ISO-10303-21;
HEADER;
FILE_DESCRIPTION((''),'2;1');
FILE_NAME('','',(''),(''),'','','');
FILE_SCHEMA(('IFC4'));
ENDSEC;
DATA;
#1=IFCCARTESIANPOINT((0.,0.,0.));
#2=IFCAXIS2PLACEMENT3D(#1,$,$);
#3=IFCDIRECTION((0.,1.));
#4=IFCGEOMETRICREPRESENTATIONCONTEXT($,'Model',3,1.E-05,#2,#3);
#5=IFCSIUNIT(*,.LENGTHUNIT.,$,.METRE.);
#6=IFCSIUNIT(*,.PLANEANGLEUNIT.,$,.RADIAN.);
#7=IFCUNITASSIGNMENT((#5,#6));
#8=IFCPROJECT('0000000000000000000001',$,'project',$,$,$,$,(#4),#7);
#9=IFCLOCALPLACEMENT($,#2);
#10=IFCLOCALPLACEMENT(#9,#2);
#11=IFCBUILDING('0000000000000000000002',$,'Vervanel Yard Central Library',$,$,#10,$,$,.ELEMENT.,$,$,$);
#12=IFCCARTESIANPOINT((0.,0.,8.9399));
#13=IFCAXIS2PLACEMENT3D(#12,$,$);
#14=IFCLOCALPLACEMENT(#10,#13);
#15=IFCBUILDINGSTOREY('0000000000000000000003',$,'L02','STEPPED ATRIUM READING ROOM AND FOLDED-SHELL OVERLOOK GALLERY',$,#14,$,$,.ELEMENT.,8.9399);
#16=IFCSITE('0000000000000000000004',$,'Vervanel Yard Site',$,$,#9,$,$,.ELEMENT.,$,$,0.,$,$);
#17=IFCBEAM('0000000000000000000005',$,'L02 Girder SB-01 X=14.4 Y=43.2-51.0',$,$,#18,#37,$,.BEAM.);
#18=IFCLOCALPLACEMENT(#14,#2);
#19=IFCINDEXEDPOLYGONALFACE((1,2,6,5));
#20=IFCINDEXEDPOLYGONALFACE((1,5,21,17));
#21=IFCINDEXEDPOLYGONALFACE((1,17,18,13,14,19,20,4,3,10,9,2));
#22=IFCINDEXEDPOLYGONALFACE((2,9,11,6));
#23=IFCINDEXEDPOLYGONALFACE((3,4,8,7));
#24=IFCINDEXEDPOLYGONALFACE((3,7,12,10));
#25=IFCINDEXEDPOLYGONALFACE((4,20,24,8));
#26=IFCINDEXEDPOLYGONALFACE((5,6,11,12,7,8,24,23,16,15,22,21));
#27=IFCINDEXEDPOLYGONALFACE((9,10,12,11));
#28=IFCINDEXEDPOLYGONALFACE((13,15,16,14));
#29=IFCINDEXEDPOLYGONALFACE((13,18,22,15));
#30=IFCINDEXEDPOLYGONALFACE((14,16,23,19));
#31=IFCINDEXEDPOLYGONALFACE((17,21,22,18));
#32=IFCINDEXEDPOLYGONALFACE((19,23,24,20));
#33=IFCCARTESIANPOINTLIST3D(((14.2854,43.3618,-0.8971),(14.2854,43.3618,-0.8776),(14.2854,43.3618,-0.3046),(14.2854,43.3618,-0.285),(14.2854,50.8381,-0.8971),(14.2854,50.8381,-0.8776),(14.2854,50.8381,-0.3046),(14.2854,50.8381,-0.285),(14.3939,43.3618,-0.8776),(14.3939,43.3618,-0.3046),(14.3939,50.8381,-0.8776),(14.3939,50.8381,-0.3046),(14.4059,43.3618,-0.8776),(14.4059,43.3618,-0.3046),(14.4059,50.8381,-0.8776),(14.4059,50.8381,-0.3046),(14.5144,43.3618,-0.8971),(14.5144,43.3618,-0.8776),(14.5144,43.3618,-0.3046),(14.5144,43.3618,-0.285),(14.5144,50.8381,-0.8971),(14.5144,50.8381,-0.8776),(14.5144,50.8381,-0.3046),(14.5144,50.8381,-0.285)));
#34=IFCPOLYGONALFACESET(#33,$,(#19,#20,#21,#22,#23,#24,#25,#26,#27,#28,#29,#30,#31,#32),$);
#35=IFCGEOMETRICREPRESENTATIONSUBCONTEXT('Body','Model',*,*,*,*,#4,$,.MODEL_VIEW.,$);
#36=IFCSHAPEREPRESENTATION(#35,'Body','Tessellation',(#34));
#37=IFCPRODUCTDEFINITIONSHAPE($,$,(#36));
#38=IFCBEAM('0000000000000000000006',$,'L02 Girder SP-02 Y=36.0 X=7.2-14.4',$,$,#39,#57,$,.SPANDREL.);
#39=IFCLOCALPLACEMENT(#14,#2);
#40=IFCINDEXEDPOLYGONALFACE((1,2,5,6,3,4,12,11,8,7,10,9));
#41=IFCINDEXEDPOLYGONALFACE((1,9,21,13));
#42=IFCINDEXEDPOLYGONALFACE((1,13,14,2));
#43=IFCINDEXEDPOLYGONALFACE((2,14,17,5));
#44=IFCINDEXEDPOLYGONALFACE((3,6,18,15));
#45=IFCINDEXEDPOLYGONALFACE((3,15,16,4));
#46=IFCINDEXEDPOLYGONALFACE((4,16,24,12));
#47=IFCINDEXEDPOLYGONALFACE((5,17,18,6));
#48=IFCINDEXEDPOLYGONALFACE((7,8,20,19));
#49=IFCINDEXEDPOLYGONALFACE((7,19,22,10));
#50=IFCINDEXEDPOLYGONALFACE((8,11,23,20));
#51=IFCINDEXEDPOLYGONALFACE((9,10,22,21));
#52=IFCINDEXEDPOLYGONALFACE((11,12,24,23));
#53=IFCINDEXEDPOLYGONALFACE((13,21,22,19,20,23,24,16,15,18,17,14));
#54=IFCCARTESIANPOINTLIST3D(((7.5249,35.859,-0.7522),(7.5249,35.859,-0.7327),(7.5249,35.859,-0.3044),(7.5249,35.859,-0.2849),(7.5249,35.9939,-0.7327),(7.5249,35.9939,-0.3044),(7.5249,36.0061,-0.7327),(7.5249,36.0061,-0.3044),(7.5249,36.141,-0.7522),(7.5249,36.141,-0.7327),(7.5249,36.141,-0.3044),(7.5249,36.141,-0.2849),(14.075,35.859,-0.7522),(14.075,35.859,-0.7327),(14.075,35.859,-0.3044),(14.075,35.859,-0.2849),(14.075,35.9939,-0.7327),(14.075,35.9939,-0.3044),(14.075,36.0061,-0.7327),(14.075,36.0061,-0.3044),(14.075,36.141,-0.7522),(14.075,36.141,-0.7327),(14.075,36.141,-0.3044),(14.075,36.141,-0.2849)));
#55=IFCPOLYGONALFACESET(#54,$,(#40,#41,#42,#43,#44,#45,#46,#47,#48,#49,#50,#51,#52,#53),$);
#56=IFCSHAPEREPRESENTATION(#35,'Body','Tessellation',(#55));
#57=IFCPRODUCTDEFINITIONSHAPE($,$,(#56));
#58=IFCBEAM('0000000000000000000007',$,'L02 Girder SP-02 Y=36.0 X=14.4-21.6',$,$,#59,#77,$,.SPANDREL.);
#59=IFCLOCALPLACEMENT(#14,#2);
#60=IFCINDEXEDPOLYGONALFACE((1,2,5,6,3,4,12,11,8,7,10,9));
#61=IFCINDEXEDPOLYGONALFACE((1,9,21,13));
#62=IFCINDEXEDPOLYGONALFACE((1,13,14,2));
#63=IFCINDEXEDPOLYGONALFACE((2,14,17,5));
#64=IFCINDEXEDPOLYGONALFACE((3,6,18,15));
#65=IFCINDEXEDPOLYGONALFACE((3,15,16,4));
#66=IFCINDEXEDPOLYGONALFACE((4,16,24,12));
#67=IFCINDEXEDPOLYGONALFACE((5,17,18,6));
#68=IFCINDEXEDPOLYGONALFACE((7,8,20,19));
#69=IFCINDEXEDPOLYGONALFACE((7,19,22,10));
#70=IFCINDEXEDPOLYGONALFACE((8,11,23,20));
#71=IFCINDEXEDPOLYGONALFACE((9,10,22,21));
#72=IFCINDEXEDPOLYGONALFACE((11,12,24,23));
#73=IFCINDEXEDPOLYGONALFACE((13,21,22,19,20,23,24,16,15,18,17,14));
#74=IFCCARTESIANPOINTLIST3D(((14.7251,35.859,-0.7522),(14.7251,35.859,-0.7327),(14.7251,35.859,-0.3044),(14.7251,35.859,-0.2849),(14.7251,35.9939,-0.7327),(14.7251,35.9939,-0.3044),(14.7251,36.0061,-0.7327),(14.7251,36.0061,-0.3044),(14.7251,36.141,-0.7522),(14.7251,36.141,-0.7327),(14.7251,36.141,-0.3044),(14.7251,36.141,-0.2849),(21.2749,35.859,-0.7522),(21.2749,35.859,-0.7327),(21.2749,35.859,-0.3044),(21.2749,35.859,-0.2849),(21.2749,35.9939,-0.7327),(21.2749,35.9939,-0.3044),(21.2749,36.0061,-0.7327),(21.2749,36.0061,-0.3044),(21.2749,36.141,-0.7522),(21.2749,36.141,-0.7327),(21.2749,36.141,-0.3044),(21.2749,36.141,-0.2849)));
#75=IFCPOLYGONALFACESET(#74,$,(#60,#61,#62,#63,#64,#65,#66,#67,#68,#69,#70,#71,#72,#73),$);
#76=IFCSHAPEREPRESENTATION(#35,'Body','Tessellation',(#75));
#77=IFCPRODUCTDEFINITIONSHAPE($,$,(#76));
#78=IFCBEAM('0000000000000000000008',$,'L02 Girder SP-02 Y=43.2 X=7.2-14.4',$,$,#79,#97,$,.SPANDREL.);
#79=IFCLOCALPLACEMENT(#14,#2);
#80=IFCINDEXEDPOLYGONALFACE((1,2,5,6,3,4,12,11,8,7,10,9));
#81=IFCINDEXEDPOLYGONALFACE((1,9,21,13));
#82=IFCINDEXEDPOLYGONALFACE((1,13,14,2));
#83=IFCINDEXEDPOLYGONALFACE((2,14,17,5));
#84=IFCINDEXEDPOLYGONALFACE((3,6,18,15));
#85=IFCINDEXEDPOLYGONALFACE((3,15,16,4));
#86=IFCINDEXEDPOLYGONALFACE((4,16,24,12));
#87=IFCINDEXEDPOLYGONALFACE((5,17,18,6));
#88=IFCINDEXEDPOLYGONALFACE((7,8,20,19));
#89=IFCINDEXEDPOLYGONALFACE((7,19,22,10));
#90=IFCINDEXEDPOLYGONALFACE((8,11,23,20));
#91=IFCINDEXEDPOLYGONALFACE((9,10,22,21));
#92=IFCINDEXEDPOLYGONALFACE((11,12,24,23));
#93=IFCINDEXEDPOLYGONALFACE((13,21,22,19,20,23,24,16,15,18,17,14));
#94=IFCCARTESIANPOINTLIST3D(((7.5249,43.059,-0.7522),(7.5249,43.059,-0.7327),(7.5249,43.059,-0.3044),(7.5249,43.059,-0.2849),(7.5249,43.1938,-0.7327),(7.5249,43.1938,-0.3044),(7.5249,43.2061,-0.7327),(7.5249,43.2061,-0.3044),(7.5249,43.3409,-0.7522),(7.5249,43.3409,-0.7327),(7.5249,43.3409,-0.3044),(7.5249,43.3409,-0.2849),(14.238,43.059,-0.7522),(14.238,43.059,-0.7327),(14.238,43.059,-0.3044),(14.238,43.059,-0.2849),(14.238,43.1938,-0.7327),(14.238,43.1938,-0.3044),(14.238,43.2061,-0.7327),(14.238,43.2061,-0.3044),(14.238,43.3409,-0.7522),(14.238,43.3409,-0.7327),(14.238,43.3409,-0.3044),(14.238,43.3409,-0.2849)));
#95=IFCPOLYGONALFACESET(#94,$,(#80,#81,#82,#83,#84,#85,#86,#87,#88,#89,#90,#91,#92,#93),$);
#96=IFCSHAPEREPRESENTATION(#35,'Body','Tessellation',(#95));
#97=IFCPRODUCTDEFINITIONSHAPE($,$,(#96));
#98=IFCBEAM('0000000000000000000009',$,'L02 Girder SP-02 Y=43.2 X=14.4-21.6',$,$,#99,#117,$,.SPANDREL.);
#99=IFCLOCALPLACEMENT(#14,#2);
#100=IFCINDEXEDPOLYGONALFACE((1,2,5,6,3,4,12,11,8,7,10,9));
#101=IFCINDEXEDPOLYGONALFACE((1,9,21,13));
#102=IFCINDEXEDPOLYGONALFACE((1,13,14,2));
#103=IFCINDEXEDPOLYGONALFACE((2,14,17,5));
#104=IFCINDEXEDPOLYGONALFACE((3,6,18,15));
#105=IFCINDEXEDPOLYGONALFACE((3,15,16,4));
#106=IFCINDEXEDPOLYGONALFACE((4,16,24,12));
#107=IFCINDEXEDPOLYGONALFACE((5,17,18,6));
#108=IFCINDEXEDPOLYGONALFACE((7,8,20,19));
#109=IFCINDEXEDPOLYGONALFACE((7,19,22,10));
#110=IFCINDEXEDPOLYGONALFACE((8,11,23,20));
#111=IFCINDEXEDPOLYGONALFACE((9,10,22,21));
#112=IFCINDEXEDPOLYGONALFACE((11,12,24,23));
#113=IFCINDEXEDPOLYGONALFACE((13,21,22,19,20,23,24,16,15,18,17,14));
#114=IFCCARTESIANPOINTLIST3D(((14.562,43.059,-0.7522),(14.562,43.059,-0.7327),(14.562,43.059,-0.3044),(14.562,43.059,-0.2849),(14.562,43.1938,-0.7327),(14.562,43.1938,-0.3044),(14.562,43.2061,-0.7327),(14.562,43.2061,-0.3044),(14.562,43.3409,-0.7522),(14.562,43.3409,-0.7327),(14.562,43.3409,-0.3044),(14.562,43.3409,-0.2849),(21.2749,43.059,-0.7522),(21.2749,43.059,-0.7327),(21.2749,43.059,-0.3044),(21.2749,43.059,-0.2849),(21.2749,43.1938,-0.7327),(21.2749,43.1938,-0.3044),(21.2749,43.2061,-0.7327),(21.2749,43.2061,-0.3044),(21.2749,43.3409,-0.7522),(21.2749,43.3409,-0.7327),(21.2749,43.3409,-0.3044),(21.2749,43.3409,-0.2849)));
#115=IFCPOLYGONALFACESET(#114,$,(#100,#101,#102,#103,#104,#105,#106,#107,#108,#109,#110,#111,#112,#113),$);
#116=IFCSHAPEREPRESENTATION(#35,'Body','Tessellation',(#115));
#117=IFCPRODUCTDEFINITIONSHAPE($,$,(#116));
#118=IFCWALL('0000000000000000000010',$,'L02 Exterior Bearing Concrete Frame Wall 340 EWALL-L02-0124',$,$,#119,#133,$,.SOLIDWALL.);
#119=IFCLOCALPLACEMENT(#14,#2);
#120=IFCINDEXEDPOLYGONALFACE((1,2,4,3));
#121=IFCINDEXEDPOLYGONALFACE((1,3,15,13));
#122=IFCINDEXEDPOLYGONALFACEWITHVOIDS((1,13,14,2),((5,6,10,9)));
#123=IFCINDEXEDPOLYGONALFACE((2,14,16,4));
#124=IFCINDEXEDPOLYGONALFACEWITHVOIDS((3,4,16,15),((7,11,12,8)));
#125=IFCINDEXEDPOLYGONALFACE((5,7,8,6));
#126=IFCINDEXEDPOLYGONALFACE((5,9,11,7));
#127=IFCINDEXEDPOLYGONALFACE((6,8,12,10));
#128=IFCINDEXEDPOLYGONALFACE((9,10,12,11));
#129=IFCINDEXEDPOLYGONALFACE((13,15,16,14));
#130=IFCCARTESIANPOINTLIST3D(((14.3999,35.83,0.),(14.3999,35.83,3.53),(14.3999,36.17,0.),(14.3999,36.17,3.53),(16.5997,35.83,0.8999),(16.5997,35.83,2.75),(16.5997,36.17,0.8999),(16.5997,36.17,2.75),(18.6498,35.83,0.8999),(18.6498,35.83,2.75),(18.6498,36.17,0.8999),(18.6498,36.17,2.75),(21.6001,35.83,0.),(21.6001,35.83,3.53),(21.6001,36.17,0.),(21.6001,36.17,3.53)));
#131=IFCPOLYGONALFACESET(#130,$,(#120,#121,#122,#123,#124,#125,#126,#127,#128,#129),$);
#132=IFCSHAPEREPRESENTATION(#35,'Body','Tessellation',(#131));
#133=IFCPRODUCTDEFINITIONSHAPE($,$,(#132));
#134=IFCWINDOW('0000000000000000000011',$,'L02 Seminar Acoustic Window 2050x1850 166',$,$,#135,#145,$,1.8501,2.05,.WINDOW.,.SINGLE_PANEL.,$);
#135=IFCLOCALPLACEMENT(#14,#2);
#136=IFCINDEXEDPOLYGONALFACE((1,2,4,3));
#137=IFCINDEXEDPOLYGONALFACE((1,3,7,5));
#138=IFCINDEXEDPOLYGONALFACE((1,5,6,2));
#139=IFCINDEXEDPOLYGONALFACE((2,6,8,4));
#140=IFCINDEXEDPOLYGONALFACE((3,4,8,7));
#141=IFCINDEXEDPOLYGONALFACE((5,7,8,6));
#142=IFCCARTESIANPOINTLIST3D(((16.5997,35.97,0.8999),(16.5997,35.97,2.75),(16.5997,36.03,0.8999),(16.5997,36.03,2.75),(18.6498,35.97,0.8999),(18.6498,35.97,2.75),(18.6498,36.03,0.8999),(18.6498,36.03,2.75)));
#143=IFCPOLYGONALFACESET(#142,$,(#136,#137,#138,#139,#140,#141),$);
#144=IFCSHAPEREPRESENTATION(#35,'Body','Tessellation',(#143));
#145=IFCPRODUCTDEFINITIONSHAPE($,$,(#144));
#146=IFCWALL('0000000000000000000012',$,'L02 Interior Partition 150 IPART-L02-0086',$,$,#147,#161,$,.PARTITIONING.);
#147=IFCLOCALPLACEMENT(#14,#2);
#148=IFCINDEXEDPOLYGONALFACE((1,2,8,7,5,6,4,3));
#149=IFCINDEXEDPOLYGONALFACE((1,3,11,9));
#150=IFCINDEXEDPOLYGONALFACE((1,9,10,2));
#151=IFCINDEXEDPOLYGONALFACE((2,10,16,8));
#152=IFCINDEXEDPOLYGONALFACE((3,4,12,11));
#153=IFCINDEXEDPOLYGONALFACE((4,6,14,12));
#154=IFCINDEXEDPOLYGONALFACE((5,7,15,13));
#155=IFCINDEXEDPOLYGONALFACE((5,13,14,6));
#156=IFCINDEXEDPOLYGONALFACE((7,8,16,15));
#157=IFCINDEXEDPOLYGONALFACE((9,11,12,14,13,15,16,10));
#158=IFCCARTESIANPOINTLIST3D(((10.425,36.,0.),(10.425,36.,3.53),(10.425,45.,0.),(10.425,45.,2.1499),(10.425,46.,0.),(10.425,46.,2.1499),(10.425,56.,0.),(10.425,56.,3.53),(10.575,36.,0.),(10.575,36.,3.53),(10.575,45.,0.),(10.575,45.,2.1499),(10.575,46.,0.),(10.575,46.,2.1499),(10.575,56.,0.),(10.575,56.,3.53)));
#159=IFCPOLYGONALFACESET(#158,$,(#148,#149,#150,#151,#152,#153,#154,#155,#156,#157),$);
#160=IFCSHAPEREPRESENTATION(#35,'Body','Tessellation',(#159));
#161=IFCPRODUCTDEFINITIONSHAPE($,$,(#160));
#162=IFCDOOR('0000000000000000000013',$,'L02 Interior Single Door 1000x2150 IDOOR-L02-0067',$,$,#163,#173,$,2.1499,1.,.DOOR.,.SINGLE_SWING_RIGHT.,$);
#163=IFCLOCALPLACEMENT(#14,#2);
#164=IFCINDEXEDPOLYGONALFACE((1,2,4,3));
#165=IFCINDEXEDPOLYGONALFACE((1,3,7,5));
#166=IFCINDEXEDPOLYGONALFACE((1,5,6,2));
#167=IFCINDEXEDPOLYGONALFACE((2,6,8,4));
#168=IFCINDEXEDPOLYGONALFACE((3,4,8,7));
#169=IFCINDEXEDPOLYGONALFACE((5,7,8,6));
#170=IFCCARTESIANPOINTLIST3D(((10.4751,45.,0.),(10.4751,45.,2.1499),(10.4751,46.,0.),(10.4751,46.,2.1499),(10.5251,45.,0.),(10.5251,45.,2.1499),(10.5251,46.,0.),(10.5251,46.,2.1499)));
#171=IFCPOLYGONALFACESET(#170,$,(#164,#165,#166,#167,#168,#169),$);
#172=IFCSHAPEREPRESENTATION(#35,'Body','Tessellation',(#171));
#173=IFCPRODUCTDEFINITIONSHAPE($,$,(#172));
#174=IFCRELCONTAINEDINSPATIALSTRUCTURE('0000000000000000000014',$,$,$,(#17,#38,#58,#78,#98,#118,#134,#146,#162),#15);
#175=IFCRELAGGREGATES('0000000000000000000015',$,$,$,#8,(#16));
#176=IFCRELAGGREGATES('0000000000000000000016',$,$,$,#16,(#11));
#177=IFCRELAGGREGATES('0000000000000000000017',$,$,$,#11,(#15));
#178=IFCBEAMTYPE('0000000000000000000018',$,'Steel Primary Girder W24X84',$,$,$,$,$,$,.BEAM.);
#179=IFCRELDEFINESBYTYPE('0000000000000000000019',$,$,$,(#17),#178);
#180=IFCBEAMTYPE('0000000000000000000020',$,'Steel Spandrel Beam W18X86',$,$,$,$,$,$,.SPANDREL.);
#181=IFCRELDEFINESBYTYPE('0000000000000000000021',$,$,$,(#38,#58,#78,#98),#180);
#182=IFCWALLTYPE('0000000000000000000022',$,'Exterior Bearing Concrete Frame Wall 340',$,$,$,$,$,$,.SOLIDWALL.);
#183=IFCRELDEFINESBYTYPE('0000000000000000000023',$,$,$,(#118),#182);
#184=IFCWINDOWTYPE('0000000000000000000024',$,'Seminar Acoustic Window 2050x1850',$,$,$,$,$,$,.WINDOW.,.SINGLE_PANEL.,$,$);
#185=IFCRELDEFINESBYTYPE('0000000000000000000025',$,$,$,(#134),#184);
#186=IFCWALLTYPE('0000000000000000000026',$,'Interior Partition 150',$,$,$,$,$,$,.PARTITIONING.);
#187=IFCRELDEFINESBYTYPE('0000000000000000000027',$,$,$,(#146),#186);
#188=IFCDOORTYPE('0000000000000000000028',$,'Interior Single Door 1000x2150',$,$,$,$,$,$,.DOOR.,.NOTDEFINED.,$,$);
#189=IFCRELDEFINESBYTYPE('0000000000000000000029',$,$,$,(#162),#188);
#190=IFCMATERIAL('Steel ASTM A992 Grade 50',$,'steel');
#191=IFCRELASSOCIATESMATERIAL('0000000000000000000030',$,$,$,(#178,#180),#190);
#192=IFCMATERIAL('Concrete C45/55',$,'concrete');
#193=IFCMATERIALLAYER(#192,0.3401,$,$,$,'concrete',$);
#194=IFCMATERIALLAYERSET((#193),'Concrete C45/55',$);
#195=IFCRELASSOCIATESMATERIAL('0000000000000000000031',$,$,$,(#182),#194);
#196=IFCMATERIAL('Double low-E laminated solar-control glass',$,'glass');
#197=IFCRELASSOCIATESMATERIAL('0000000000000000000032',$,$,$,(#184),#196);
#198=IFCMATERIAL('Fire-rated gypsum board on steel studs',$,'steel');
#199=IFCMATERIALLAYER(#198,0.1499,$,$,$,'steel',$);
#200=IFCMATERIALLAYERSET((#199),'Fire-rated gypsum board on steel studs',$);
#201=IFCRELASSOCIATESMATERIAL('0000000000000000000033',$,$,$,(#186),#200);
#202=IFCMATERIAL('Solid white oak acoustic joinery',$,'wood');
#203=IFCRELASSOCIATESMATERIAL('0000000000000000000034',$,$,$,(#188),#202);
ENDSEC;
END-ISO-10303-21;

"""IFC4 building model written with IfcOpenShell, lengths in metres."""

from ifc_helpers import new_model, si_unit, direction, frame, frame_2d, origin, origin_2d, place, context, subcontext, project, spatial, rectangle, i_section, extrude, material, layer, layer_set, material_profile, profile_set, type_object, element, fill, save


model = new_model("IFC4")

# Units and contexts
model_context = context("Model", 3, precision=1e-05, world=origin(), true_north=direction((0.0, 1.0)))
body_context = subcontext(model_context, "Body", "Model", "MODEL_VIEW")
ifc_project = project(units=[si_unit("LENGTHUNIT", "METRE"), si_unit("PLANEANGLEUNIT", "RADIAN")], contexts=[model_context])

# Site, building, storey
site_placement = place(None, origin())
site = spatial("IfcSite", under=ifc_project, at=site_placement, Name="Vervanel Yard Site", CompositionType="ELEMENT", RefElevation=0.0)
building_placement = place(site_placement, origin())
building = spatial("IfcBuilding", under=site, at=building_placement, Name="Vervanel Yard Central Library", CompositionType="ELEMENT")
storey_placement = place(building_placement, frame((0.0, 0.0, 8.9399)))
storey = spatial("IfcBuildingStorey", under=building, at=storey_placement, Name="L02", Description="STEPPED ATRIUM READING ROOM AND FOLDED-SHELL OVERLOOK GALLERY", CompositionType="ELEMENT", Elevation=8.9399)

# Beams
ifc_material_1 = material(Name="Steel ASTM A992 Grade 50", Category="steel")
ifc_material_profile_1 = material_profile(ifc_material_1, i_section(OverallWidth=0.229, OverallDepth=0.6121, WebThickness=0.012, FlangeThickness=0.0195, at=origin_2d()), Name="W24X84", Category="steel")
ifc_profile_set_1 = profile_set([ifc_material_profile_1], Name="Steel ASTM A992 Grade 50")
beam_type_1 = type_object("IfcBeamType", Name="Steel Primary Girder W24X84", PredefinedType="BEAM", material=ifc_profile_set_1)
beam_1_placement = place(storey_placement, frame((14.3999, 43.3618, -0.5911), z_axis=(0.0, 1.0, 0.0), x_axis=(-1.0, 0.0, 0.0)))
element("IfcBeam", 1, at=beam_1_placement, inside=storey, type_object=beam_type_1, Name="L02 Girder SB-01 X=14.4 Y=43.2-51.0", PredefinedType="BEAM", context=body_context, shape_type="SweptSolid", body=[
    extrude(i_section(OverallWidth=0.229, OverallDepth=0.6121, WebThickness=0.012, FlangeThickness=0.0195, at=origin_2d()), origin(), (0.0, 0.0, 1.0), 7.4763),
])
ifc_material_profile_2 = material_profile(ifc_material_1, i_section(OverallWidth=0.282, OverallDepth=0.4673, WebThickness=0.0122, FlangeThickness=0.0195, at=origin_2d()), Name="W18X86", Category="steel")
ifc_profile_set_2 = profile_set([ifc_material_profile_2], Name="Steel ASTM A992 Grade 50")
beam_type_2 = type_object("IfcBeamType", Name="Steel Spandrel Beam W18X86", PredefinedType="SPANDREL", material=ifc_profile_set_2)
beam_2_placement = place(storey_placement, frame((7.5249, 36.0, -0.5186), z_axis=(1.0, 0.0, 0.0), x_axis=(0.0, 1.0, 0.0)))
element("IfcBeam", 2, at=beam_2_placement, inside=storey, type_object=beam_type_2, Name="L02 Girder SP-02 Y=36.0 X=7.2-14.4", PredefinedType="SPANDREL", context=body_context, shape_type="SweptSolid", body=[
    extrude(i_section(OverallWidth=0.282, OverallDepth=0.4673, WebThickness=0.0122, FlangeThickness=0.0195, at=origin_2d()), origin(), (0.0, 0.0, 1.0), 6.55),
])
beam_3_placement = place(storey_placement, frame((14.7251, 36.0, -0.5186), z_axis=(1.0, 0.0, 0.0), x_axis=(0.0, 1.0, 0.0)))
element("IfcBeam", 3, at=beam_3_placement, inside=storey, type_object=beam_type_2, Name="L02 Girder SP-02 Y=36.0 X=14.4-21.6", PredefinedType="SPANDREL", context=body_context, shape_type="SweptSolid", body=[
    extrude(i_section(OverallWidth=0.282, OverallDepth=0.4673, WebThickness=0.0122, FlangeThickness=0.0195, at=origin_2d()), origin(), (0.0, 0.0, 1.0), 6.5498),
])
beam_4_placement = place(storey_placement, frame((7.5249, 43.2, -0.5186), z_axis=(1.0, 0.0, 0.0), x_axis=(0.0, 1.0, 0.0)))
element("IfcBeam", 4, at=beam_4_placement, inside=storey, type_object=beam_type_2, Name="L02 Girder SP-02 Y=43.2 X=7.2-14.4", PredefinedType="SPANDREL", context=body_context, shape_type="SweptSolid", body=[
    extrude(i_section(OverallWidth=0.282, OverallDepth=0.4673, WebThickness=0.0122, FlangeThickness=0.0195, at=origin_2d()), origin(), (0.0, 0.0, 1.0), 6.7131),
])
beam_5_placement = place(storey_placement, frame((14.562, 43.2, -0.5186), z_axis=(1.0, 0.0, 0.0), x_axis=(0.0, 1.0, 0.0)))
element("IfcBeam", 5, at=beam_5_placement, inside=storey, type_object=beam_type_2, Name="L02 Girder SP-02 Y=43.2 X=14.4-21.6", PredefinedType="SPANDREL", context=body_context, shape_type="SweptSolid", body=[
    extrude(i_section(OverallWidth=0.282, OverallDepth=0.4673, WebThickness=0.0122, FlangeThickness=0.0195, at=origin_2d()), origin(), (0.0, 0.0, 1.0), 6.7129),
])

# Wall, opening, window
ifc_material_2 = material(Name="Concrete C45/55", Category="concrete")
ifc_layer_1 = layer(ifc_material_2, 0.3401, Category="concrete")
ifc_layer_set_1 = layer_set([ifc_layer_1], Name="Concrete C45/55")
wall_type_1 = type_object("IfcWallType", Name="Exterior Bearing Concrete Frame Wall 340", PredefinedType="SOLIDWALL", material=ifc_layer_set_1)
wall_1_placement = place(storey_placement, frame((14.3999, 36.0, 0.0), z_axis=(0.0, 0.0, 1.0), x_axis=(1.0, 0.0, 0.0)))
wall_1 = element("IfcWall", 6, at=wall_1_placement, inside=storey, type_object=wall_type_1, Name="L02 Exterior Bearing Concrete Frame Wall 340 EWALL-L02-0124", PredefinedType="SOLIDWALL", context=body_context, shape_type="SweptSolid", body=[
    extrude(rectangle(XDim=7.2002, YDim=0.3401, at=frame_2d((3.6001, 0.0))), origin(), (0.0, 0.0, 1.0), 3.53),
])
opening_1_placement = place(wall_1_placement, frame((2.2, 0.0, 0.8999)))
opening_1 = element("IfcOpeningElement", 7, at=opening_1_placement, cuts=wall_1, PredefinedType="OPENING", context=body_context, shape_type="SweptSolid", body=[
    extrude(rectangle(XDim=2.05, YDim=1.8501, at=frame_2d((1.0249, 0.925))), frame((0.0, 0.1799, 0.0), z_axis=(0.0, -1.0, 0.0), x_axis=(1.0, 0.0, 0.0)), (0.0, 0.0, 1.0), 0.3601),
])
ifc_material_3 = material(Name="Double low-E laminated solar-control glass", Category="glass")
window_type = type_object("IfcWindowType", Name="Seminar Acoustic Window 2050x1850", PartitioningType="SINGLE_PANEL", PredefinedType="WINDOW", material=ifc_material_3)
window_placement = place(opening_1_placement, origin())
window = element("IfcWindow", 8, at=window_placement, inside=storey, type_object=window_type, Name="L02 Seminar Acoustic Window 2050x1850 166", OverallHeight=1.8501, OverallWidth=2.05, PartitioningType="SINGLE_PANEL", PredefinedType="WINDOW", context=body_context, shape_type="SweptSolid", body=[
    extrude(rectangle(XDim=2.05, YDim=1.8501, at=frame_2d((1.0249, 0.925))), frame((0.0, 0.03, 0.0), z_axis=(0.0, -1.0, 0.0), x_axis=(1.0, 0.0, 0.0)), (0.0, 0.0, 1.0), 0.0601),
])
fill(opening_1, window)

# Wall, opening, door
ifc_material_4 = material(Name="Fire-rated gypsum board on steel studs", Category="steel")
ifc_layer_2 = layer(ifc_material_4, 0.1499, Category="steel")
ifc_layer_set_2 = layer_set([ifc_layer_2], Name="Fire-rated gypsum board on steel studs")
wall_type_2 = type_object("IfcWallType", Name="Interior Partition 150", PredefinedType="PARTITIONING", material=ifc_layer_set_2)
wall_2_placement = place(storey_placement, frame((10.5, 36.0, 0.0), z_axis=(0.0, 0.0, 1.0), x_axis=(0.0, 1.0, 0.0)))
wall_2 = element("IfcWall", 9, at=wall_2_placement, inside=storey, type_object=wall_type_2, Name="L02 Interior Partition 150 IPART-L02-0086", PredefinedType="PARTITIONING", context=body_context, shape_type="SweptSolid", body=[
    extrude(rectangle(XDim=20.0, YDim=0.1499, at=frame_2d((10.0, 0.0))), origin(), (0.0, 0.0, 1.0), 3.53),
])
opening_2_placement = place(wall_2_placement, frame((9.0, 0.0, 0.0)))
opening_2 = element("IfcOpeningElement", 10, at=opening_2_placement, cuts=wall_2, PredefinedType="OPENING", context=body_context, shape_type="SweptSolid", body=[
    extrude(rectangle(XDim=1.0, YDim=2.1499, at=frame_2d((0.5, 1.075))), frame((0.0, 0.085, 0.0), z_axis=(0.0, -1.0, 0.0), x_axis=(1.0, 0.0, 0.0)), (0.0, 0.0, 1.0), 0.1699),
])
ifc_material_5 = material(Name="Solid white oak acoustic joinery", Category="wood")
door_type = type_object("IfcDoorType", Name="Interior Single Door 1000x2150", OperationType="NOTDEFINED", PredefinedType="DOOR", material=ifc_material_5)
door_placement = place(opening_2_placement, origin())
door = element("IfcDoor", 11, at=door_placement, inside=storey, type_object=door_type, Name="L02 Interior Single Door 1000x2150 IDOOR-L02-0067", OperationType="SINGLE_SWING_RIGHT", OverallHeight=2.1499, OverallWidth=1.0, PredefinedType="DOOR", context=body_context, shape_type="SweptSolid", body=[
    extrude(rectangle(XDim=1.0, YDim=2.1499, at=frame_2d((0.5, 1.075))), frame((0.0, 0.0249, 0.0), z_axis=(0.0, -1.0, 0.0), x_axis=(1.0, 0.0, 0.0)), (0.0, 0.0, 1.0), 0.05),
])
fill(opening_2, door)

save(model, "model.ifc")
